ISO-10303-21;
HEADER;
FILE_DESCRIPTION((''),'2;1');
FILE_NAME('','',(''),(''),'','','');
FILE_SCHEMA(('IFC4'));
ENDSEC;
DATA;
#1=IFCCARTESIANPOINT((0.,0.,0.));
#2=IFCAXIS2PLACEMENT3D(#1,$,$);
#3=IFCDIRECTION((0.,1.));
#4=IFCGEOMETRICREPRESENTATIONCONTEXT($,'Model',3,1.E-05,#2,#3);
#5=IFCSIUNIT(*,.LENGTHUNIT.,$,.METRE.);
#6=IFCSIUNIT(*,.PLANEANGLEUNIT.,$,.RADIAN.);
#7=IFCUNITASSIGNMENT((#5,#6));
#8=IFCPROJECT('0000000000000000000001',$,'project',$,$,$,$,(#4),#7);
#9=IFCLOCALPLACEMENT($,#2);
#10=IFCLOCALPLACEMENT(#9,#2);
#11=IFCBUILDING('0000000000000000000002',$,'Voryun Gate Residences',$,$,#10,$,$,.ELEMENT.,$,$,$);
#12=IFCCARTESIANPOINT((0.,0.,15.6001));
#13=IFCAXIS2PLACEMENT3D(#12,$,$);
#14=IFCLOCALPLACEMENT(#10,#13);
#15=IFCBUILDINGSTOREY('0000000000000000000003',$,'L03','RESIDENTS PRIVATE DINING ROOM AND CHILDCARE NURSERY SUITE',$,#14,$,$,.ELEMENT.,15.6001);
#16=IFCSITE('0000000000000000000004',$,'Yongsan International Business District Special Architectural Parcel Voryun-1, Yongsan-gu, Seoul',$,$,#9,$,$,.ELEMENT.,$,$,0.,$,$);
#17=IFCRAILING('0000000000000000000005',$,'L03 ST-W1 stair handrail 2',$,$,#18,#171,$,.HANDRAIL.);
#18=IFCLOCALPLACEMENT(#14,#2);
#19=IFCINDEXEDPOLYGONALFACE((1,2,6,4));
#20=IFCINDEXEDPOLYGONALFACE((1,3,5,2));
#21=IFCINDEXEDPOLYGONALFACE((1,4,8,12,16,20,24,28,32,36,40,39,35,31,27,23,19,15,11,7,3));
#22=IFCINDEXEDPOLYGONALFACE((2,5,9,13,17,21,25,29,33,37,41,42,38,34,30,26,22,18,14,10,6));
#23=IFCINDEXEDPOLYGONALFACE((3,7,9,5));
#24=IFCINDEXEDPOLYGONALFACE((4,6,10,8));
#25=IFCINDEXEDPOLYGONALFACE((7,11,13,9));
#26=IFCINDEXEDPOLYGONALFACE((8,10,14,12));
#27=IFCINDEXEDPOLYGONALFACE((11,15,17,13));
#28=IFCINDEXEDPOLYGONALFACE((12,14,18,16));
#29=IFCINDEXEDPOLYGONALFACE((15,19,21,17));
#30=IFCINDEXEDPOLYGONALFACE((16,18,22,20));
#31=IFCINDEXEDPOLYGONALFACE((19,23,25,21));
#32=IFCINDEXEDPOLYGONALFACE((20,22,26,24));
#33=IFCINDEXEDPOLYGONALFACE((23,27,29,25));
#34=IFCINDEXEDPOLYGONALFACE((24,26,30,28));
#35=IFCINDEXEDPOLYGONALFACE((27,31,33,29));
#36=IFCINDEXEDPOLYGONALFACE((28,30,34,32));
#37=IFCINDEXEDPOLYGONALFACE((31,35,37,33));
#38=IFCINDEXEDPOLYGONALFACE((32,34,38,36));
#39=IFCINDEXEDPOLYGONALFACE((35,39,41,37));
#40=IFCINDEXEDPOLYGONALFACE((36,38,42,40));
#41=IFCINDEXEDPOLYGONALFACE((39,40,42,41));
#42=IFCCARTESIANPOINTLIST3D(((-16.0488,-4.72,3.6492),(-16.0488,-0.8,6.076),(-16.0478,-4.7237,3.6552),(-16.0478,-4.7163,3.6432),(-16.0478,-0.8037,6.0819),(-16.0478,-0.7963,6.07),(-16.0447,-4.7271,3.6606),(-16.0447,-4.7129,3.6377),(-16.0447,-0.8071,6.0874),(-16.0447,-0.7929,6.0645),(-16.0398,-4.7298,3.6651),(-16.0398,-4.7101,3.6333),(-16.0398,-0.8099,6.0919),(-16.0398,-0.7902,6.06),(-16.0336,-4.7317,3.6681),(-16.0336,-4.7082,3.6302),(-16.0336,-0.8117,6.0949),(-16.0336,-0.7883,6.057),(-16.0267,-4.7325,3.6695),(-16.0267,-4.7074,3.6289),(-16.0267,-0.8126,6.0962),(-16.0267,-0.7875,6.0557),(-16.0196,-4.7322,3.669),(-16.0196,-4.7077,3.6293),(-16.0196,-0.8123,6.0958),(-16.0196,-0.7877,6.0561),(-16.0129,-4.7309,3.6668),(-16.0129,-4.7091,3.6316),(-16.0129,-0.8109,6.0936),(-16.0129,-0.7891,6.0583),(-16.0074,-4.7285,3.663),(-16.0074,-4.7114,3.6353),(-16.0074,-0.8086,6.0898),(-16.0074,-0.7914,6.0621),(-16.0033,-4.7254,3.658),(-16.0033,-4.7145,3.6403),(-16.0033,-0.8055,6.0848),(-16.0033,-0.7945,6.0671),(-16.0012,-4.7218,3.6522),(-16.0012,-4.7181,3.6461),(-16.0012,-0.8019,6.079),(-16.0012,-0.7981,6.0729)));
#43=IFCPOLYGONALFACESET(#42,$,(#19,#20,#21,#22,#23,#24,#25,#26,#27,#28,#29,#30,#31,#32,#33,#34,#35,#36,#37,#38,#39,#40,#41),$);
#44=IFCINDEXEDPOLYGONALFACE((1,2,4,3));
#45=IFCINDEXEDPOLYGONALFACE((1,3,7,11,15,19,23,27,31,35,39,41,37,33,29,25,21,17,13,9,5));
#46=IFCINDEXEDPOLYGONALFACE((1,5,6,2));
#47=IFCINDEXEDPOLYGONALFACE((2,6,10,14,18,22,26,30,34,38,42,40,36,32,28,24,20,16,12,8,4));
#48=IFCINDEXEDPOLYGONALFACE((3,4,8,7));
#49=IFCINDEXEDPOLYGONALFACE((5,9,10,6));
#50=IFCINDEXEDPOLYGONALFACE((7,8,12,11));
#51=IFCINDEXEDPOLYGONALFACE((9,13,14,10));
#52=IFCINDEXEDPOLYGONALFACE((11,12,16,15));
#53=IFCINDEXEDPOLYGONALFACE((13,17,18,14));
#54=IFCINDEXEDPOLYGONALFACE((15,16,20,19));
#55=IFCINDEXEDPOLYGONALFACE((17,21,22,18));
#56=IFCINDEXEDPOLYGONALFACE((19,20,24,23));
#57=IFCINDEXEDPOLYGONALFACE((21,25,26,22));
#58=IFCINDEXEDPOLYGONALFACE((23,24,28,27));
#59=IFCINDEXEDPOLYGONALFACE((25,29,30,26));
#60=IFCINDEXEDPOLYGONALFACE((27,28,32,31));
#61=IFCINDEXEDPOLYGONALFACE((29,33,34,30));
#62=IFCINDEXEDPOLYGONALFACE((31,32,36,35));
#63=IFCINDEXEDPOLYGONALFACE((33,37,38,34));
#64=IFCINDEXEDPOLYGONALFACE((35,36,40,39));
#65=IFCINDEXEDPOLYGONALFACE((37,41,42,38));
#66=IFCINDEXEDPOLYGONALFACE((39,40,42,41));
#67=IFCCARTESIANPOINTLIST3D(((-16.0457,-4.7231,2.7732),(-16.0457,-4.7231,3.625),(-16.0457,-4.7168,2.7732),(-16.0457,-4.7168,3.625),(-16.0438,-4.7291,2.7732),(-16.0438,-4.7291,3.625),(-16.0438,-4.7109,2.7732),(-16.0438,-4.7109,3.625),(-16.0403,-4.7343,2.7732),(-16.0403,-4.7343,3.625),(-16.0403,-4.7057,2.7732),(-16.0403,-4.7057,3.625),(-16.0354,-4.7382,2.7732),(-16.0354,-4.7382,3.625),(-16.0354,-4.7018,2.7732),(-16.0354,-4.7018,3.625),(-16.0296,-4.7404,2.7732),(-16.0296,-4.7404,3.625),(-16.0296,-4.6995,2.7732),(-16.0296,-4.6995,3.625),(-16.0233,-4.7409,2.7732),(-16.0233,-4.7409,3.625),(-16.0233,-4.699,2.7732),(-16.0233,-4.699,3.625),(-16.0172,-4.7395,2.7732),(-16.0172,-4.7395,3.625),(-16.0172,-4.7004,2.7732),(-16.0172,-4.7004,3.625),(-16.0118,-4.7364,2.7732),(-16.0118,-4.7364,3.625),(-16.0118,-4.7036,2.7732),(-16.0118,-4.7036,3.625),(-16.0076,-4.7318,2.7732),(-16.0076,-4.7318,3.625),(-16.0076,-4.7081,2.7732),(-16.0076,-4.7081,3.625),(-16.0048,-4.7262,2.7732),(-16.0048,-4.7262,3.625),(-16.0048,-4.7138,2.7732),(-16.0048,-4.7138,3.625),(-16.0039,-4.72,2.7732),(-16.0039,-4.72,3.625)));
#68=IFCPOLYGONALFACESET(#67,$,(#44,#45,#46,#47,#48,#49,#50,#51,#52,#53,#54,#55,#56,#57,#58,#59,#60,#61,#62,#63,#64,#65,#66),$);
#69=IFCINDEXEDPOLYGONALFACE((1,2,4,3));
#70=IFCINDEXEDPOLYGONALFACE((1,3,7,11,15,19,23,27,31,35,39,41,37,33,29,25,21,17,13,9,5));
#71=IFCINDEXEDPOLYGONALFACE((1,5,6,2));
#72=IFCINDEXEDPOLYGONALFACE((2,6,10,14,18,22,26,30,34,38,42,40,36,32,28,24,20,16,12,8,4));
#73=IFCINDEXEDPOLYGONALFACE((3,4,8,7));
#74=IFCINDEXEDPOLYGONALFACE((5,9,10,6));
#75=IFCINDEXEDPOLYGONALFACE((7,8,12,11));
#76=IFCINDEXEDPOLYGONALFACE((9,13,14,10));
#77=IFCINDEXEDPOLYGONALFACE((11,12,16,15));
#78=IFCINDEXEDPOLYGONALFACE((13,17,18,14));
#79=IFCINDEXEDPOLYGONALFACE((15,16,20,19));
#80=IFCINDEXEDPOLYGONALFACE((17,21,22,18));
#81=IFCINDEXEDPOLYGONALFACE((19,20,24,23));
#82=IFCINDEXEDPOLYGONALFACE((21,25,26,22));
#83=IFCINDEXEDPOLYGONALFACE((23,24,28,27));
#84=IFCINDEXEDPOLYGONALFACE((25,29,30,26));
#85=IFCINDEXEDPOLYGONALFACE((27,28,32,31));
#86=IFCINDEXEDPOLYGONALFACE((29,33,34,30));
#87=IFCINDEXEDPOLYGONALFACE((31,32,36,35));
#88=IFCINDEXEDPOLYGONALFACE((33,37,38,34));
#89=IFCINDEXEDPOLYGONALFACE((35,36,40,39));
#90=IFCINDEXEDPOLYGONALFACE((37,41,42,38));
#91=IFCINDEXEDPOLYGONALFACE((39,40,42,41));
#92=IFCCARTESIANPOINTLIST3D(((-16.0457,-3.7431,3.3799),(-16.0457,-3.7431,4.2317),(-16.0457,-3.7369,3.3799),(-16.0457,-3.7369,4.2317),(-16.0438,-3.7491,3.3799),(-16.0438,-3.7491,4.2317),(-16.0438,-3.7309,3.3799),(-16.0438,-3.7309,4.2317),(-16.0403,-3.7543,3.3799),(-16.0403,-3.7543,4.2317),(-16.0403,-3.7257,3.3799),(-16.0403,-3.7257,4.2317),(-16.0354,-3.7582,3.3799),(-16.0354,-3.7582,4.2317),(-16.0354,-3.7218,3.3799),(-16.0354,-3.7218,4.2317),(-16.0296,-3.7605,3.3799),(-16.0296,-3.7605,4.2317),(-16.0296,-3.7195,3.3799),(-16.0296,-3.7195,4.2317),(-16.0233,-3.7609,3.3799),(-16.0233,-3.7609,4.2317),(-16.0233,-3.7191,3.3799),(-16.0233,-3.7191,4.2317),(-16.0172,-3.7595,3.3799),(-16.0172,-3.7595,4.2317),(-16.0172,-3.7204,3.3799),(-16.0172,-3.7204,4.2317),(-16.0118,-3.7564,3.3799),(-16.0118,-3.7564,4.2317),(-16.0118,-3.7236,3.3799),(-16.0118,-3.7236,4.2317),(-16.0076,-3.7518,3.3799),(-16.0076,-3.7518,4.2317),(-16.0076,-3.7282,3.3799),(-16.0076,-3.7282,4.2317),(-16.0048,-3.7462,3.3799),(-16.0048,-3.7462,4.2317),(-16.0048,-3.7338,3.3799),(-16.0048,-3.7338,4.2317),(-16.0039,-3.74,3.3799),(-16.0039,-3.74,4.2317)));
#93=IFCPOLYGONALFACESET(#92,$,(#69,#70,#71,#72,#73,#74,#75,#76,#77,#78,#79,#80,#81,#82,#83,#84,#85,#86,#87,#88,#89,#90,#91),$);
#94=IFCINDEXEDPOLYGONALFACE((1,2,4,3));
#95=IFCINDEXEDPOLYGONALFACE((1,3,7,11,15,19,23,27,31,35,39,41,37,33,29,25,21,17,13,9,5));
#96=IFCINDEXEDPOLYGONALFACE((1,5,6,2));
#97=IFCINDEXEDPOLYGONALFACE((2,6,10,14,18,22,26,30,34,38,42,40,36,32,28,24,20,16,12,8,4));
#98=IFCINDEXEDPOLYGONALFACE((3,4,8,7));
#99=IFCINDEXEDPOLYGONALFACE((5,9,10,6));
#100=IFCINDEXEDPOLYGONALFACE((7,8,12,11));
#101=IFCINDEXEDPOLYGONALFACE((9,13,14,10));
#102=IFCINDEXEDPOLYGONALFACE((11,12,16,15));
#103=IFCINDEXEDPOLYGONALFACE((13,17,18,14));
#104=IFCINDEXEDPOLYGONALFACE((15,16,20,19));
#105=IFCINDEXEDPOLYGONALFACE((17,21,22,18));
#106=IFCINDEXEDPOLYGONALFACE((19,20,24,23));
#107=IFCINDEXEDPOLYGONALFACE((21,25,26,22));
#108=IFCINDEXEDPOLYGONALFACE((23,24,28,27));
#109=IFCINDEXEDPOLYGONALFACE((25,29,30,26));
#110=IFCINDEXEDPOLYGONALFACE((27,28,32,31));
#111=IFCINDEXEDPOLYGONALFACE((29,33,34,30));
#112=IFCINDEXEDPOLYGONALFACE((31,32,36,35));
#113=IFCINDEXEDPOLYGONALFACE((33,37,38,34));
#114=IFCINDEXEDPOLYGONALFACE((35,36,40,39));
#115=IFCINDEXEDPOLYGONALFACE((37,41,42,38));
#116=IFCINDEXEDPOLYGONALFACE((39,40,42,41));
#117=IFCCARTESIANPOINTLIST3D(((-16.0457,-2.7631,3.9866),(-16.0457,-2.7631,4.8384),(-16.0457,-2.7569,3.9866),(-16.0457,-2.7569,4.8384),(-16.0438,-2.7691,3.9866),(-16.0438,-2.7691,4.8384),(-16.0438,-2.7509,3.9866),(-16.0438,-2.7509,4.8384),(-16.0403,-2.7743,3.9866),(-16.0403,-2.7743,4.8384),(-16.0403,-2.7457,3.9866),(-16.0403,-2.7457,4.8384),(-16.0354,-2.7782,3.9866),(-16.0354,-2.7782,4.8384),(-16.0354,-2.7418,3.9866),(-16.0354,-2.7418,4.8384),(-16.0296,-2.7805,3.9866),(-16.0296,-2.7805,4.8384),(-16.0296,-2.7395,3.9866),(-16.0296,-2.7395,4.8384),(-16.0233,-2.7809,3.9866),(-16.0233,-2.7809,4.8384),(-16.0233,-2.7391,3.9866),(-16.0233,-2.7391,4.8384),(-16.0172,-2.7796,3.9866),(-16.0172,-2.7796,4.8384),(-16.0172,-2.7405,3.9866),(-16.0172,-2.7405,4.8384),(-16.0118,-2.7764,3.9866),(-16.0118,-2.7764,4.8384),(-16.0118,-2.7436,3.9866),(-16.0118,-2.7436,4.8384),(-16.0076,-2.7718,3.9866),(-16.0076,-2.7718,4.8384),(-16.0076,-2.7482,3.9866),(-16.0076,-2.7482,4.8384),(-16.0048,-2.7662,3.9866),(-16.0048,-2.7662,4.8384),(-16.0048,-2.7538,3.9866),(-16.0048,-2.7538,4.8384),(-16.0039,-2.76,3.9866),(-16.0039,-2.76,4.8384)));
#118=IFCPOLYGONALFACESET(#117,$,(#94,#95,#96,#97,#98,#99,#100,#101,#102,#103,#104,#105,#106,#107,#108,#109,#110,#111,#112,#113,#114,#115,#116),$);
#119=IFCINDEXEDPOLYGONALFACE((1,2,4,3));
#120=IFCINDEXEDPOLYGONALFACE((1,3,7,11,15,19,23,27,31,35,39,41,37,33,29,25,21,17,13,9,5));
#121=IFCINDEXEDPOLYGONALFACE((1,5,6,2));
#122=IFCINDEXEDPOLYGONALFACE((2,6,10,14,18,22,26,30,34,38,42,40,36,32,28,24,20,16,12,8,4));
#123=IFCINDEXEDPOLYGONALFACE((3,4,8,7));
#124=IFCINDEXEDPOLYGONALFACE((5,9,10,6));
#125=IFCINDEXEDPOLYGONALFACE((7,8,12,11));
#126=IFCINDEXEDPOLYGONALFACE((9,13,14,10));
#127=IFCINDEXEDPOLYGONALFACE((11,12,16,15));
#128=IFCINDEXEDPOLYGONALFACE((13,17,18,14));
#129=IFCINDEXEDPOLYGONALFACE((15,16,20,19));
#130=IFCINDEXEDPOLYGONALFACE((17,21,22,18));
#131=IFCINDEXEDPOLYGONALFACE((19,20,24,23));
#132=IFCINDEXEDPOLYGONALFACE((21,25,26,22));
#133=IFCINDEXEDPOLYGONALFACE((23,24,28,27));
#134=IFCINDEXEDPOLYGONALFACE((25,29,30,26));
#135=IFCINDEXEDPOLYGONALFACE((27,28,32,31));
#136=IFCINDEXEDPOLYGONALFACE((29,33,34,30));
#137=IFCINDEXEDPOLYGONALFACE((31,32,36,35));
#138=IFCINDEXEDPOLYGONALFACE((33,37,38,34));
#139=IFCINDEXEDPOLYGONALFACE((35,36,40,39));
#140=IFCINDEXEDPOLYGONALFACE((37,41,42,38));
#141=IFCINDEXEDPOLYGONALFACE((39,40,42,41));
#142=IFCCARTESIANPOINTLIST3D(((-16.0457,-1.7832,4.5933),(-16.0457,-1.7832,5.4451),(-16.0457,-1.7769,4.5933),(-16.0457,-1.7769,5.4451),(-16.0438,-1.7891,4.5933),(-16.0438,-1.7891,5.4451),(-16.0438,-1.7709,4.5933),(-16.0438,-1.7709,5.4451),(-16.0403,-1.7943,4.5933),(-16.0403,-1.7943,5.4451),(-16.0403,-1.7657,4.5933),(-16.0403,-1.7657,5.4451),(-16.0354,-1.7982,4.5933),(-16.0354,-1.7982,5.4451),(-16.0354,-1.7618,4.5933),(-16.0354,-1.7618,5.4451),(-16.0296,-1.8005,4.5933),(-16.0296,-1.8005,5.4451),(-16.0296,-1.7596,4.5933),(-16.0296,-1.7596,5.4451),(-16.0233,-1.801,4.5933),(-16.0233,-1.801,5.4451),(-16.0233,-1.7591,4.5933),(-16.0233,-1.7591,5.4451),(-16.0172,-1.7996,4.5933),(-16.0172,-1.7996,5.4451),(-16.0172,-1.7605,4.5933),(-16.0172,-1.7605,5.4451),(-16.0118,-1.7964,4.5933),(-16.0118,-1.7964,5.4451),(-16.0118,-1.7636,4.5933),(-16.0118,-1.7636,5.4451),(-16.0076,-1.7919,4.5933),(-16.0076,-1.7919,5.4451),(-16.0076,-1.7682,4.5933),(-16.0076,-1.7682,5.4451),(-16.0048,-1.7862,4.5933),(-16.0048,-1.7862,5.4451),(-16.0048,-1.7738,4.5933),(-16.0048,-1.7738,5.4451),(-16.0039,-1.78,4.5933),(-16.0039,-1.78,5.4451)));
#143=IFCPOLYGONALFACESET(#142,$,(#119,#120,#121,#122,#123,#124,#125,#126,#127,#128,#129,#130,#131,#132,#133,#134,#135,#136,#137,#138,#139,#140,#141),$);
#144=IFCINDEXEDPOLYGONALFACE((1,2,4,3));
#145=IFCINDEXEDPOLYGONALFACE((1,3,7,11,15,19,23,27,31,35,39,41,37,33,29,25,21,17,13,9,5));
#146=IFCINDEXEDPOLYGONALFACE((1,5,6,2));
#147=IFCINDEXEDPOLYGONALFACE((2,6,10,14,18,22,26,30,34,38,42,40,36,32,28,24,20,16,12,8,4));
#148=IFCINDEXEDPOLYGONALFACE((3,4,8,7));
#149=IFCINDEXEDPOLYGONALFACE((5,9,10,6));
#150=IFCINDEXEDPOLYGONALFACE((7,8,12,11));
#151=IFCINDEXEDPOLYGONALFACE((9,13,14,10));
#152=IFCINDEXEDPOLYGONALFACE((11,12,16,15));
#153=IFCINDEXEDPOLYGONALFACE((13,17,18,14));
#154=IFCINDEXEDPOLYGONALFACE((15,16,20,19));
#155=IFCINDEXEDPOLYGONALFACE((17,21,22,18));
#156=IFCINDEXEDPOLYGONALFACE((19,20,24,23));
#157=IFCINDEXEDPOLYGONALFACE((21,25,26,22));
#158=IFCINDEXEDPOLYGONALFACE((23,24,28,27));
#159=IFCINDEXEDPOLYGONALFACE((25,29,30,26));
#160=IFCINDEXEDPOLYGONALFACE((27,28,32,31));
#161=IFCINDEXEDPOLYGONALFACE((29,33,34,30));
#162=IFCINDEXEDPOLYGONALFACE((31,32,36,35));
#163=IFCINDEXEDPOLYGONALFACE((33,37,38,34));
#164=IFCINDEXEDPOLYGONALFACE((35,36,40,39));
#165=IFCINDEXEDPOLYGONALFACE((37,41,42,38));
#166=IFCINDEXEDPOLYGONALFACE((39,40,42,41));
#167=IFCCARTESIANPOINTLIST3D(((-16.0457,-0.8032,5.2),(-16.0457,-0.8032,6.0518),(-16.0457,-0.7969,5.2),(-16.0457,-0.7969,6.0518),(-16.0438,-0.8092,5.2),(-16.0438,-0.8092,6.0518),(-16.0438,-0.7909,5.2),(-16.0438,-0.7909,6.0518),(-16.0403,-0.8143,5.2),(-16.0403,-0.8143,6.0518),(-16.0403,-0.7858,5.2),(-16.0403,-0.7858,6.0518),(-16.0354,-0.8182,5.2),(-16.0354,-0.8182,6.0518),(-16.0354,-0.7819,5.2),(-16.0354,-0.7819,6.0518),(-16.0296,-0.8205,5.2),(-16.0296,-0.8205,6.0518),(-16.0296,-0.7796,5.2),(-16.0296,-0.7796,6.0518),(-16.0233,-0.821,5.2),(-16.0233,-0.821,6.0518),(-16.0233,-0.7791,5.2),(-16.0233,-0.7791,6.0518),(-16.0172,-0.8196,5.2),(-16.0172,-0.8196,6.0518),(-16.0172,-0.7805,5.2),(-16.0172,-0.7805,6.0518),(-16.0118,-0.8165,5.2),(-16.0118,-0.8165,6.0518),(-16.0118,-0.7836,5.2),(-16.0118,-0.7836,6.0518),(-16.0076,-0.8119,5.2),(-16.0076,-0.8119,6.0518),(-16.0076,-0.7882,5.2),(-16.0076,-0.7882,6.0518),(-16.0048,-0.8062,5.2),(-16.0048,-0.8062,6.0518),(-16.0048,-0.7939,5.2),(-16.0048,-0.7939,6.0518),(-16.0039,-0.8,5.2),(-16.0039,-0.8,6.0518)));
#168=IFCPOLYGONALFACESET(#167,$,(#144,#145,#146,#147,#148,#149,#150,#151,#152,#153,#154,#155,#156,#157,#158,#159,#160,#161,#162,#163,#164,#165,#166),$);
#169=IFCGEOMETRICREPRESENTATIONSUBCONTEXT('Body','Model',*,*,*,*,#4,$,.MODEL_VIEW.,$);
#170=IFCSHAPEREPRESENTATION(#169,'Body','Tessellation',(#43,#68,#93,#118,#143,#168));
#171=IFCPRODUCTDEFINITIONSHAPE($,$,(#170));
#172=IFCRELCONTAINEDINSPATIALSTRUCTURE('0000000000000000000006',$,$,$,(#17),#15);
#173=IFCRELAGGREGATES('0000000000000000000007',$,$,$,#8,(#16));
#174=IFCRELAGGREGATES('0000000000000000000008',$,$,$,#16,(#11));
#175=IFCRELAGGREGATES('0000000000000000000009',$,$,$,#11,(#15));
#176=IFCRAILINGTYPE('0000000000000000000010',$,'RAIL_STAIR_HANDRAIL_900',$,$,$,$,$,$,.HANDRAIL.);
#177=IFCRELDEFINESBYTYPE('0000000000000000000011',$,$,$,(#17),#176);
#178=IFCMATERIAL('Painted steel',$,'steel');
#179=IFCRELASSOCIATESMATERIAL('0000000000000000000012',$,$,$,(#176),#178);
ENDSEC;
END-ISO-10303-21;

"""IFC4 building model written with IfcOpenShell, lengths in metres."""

from ifc_helpers import new_model, si_unit, direction, frame, origin, origin_2d, place, context, subcontext, project, spatial, circle, extrude, material, type_object, element, save


model = new_model("IFC4")

# Units and contexts
model_context = context("Model", 3, precision=1e-05, world=origin(), true_north=direction((0.0, 1.0)))
body_context = subcontext(model_context, "Body", "Model", "MODEL_VIEW")
ifc_project = project(units=[si_unit("LENGTHUNIT", "METRE"), si_unit("PLANEANGLEUNIT", "RADIAN")], contexts=[model_context])

# Site, building, storey
site_placement = place(None, origin())
site = spatial("IfcSite", under=ifc_project, at=site_placement, Name="Yongsan International Business District Special Architectural Parcel Voryun-1, Yongsan-gu, Seoul", CompositionType="ELEMENT", RefElevation=0.0)
building_placement = place(site_placement, origin())
building = spatial("IfcBuilding", under=site, at=building_placement, Name="Voryun Gate Residences", CompositionType="ELEMENT")
storey_placement = place(building_placement, frame((0.0, 0.0, 15.6001)))
storey = spatial("IfcBuildingStorey", under=building, at=storey_placement, Name="L03", Description="RESIDENTS PRIVATE DINING ROOM AND CHILDCARE NURSERY SUITE", CompositionType="ELEMENT", Elevation=15.6001)

# Railing
ifc_material_1 = material(Name="Painted steel", Category="steel")
railing_type_1 = type_object("IfcRailingType", Name="RAIL_STAIR_HANDRAIL_900", PredefinedType="HANDRAIL", material=ifc_material_1)
railing_1_placement = place(storey_placement, frame((-16.0249, -4.72, 2.7732)))
element("IfcRailing", 1, at=railing_1_placement, inside=storey, type_object=railing_type_1, Name="L03 ST-W1 stair handrail 2", PredefinedType="HANDRAIL", context=body_context, shape_type="SweptSolid", body=[
    extrude(circle(Radius=0.0239, at=origin_2d()), frame((0.0, 0.0, 0.876), z_axis=(0.0, 0.850252, 0.526376), x_axis=(-1.0, 0.0, 0.0)), (0.0, 0.0, 1.0), 4.6104),
    extrude(circle(Radius=0.021, at=origin_2d()), origin(), (0.0, 0.0, 1.0), 0.8518),
    extrude(circle(Radius=0.021, at=origin_2d()), frame((0.0, 0.98, 0.6067)), (0.0, 0.0, 1.0), 0.8518),
    extrude(circle(Radius=0.021, at=origin_2d()), frame((0.0, 1.96, 1.2134)), (0.0, 0.0, 1.0), 0.8518),
    extrude(circle(Radius=0.021, at=origin_2d()), frame((0.0, 2.9399, 1.8201)), (0.0, 0.0, 1.0), 0.8518),
    extrude(circle(Radius=0.021, at=origin_2d()), frame((0.0, 3.9199, 2.4268)), (0.0, 0.0, 1.0), 0.8518),
])

save(model, "model.ifc")
